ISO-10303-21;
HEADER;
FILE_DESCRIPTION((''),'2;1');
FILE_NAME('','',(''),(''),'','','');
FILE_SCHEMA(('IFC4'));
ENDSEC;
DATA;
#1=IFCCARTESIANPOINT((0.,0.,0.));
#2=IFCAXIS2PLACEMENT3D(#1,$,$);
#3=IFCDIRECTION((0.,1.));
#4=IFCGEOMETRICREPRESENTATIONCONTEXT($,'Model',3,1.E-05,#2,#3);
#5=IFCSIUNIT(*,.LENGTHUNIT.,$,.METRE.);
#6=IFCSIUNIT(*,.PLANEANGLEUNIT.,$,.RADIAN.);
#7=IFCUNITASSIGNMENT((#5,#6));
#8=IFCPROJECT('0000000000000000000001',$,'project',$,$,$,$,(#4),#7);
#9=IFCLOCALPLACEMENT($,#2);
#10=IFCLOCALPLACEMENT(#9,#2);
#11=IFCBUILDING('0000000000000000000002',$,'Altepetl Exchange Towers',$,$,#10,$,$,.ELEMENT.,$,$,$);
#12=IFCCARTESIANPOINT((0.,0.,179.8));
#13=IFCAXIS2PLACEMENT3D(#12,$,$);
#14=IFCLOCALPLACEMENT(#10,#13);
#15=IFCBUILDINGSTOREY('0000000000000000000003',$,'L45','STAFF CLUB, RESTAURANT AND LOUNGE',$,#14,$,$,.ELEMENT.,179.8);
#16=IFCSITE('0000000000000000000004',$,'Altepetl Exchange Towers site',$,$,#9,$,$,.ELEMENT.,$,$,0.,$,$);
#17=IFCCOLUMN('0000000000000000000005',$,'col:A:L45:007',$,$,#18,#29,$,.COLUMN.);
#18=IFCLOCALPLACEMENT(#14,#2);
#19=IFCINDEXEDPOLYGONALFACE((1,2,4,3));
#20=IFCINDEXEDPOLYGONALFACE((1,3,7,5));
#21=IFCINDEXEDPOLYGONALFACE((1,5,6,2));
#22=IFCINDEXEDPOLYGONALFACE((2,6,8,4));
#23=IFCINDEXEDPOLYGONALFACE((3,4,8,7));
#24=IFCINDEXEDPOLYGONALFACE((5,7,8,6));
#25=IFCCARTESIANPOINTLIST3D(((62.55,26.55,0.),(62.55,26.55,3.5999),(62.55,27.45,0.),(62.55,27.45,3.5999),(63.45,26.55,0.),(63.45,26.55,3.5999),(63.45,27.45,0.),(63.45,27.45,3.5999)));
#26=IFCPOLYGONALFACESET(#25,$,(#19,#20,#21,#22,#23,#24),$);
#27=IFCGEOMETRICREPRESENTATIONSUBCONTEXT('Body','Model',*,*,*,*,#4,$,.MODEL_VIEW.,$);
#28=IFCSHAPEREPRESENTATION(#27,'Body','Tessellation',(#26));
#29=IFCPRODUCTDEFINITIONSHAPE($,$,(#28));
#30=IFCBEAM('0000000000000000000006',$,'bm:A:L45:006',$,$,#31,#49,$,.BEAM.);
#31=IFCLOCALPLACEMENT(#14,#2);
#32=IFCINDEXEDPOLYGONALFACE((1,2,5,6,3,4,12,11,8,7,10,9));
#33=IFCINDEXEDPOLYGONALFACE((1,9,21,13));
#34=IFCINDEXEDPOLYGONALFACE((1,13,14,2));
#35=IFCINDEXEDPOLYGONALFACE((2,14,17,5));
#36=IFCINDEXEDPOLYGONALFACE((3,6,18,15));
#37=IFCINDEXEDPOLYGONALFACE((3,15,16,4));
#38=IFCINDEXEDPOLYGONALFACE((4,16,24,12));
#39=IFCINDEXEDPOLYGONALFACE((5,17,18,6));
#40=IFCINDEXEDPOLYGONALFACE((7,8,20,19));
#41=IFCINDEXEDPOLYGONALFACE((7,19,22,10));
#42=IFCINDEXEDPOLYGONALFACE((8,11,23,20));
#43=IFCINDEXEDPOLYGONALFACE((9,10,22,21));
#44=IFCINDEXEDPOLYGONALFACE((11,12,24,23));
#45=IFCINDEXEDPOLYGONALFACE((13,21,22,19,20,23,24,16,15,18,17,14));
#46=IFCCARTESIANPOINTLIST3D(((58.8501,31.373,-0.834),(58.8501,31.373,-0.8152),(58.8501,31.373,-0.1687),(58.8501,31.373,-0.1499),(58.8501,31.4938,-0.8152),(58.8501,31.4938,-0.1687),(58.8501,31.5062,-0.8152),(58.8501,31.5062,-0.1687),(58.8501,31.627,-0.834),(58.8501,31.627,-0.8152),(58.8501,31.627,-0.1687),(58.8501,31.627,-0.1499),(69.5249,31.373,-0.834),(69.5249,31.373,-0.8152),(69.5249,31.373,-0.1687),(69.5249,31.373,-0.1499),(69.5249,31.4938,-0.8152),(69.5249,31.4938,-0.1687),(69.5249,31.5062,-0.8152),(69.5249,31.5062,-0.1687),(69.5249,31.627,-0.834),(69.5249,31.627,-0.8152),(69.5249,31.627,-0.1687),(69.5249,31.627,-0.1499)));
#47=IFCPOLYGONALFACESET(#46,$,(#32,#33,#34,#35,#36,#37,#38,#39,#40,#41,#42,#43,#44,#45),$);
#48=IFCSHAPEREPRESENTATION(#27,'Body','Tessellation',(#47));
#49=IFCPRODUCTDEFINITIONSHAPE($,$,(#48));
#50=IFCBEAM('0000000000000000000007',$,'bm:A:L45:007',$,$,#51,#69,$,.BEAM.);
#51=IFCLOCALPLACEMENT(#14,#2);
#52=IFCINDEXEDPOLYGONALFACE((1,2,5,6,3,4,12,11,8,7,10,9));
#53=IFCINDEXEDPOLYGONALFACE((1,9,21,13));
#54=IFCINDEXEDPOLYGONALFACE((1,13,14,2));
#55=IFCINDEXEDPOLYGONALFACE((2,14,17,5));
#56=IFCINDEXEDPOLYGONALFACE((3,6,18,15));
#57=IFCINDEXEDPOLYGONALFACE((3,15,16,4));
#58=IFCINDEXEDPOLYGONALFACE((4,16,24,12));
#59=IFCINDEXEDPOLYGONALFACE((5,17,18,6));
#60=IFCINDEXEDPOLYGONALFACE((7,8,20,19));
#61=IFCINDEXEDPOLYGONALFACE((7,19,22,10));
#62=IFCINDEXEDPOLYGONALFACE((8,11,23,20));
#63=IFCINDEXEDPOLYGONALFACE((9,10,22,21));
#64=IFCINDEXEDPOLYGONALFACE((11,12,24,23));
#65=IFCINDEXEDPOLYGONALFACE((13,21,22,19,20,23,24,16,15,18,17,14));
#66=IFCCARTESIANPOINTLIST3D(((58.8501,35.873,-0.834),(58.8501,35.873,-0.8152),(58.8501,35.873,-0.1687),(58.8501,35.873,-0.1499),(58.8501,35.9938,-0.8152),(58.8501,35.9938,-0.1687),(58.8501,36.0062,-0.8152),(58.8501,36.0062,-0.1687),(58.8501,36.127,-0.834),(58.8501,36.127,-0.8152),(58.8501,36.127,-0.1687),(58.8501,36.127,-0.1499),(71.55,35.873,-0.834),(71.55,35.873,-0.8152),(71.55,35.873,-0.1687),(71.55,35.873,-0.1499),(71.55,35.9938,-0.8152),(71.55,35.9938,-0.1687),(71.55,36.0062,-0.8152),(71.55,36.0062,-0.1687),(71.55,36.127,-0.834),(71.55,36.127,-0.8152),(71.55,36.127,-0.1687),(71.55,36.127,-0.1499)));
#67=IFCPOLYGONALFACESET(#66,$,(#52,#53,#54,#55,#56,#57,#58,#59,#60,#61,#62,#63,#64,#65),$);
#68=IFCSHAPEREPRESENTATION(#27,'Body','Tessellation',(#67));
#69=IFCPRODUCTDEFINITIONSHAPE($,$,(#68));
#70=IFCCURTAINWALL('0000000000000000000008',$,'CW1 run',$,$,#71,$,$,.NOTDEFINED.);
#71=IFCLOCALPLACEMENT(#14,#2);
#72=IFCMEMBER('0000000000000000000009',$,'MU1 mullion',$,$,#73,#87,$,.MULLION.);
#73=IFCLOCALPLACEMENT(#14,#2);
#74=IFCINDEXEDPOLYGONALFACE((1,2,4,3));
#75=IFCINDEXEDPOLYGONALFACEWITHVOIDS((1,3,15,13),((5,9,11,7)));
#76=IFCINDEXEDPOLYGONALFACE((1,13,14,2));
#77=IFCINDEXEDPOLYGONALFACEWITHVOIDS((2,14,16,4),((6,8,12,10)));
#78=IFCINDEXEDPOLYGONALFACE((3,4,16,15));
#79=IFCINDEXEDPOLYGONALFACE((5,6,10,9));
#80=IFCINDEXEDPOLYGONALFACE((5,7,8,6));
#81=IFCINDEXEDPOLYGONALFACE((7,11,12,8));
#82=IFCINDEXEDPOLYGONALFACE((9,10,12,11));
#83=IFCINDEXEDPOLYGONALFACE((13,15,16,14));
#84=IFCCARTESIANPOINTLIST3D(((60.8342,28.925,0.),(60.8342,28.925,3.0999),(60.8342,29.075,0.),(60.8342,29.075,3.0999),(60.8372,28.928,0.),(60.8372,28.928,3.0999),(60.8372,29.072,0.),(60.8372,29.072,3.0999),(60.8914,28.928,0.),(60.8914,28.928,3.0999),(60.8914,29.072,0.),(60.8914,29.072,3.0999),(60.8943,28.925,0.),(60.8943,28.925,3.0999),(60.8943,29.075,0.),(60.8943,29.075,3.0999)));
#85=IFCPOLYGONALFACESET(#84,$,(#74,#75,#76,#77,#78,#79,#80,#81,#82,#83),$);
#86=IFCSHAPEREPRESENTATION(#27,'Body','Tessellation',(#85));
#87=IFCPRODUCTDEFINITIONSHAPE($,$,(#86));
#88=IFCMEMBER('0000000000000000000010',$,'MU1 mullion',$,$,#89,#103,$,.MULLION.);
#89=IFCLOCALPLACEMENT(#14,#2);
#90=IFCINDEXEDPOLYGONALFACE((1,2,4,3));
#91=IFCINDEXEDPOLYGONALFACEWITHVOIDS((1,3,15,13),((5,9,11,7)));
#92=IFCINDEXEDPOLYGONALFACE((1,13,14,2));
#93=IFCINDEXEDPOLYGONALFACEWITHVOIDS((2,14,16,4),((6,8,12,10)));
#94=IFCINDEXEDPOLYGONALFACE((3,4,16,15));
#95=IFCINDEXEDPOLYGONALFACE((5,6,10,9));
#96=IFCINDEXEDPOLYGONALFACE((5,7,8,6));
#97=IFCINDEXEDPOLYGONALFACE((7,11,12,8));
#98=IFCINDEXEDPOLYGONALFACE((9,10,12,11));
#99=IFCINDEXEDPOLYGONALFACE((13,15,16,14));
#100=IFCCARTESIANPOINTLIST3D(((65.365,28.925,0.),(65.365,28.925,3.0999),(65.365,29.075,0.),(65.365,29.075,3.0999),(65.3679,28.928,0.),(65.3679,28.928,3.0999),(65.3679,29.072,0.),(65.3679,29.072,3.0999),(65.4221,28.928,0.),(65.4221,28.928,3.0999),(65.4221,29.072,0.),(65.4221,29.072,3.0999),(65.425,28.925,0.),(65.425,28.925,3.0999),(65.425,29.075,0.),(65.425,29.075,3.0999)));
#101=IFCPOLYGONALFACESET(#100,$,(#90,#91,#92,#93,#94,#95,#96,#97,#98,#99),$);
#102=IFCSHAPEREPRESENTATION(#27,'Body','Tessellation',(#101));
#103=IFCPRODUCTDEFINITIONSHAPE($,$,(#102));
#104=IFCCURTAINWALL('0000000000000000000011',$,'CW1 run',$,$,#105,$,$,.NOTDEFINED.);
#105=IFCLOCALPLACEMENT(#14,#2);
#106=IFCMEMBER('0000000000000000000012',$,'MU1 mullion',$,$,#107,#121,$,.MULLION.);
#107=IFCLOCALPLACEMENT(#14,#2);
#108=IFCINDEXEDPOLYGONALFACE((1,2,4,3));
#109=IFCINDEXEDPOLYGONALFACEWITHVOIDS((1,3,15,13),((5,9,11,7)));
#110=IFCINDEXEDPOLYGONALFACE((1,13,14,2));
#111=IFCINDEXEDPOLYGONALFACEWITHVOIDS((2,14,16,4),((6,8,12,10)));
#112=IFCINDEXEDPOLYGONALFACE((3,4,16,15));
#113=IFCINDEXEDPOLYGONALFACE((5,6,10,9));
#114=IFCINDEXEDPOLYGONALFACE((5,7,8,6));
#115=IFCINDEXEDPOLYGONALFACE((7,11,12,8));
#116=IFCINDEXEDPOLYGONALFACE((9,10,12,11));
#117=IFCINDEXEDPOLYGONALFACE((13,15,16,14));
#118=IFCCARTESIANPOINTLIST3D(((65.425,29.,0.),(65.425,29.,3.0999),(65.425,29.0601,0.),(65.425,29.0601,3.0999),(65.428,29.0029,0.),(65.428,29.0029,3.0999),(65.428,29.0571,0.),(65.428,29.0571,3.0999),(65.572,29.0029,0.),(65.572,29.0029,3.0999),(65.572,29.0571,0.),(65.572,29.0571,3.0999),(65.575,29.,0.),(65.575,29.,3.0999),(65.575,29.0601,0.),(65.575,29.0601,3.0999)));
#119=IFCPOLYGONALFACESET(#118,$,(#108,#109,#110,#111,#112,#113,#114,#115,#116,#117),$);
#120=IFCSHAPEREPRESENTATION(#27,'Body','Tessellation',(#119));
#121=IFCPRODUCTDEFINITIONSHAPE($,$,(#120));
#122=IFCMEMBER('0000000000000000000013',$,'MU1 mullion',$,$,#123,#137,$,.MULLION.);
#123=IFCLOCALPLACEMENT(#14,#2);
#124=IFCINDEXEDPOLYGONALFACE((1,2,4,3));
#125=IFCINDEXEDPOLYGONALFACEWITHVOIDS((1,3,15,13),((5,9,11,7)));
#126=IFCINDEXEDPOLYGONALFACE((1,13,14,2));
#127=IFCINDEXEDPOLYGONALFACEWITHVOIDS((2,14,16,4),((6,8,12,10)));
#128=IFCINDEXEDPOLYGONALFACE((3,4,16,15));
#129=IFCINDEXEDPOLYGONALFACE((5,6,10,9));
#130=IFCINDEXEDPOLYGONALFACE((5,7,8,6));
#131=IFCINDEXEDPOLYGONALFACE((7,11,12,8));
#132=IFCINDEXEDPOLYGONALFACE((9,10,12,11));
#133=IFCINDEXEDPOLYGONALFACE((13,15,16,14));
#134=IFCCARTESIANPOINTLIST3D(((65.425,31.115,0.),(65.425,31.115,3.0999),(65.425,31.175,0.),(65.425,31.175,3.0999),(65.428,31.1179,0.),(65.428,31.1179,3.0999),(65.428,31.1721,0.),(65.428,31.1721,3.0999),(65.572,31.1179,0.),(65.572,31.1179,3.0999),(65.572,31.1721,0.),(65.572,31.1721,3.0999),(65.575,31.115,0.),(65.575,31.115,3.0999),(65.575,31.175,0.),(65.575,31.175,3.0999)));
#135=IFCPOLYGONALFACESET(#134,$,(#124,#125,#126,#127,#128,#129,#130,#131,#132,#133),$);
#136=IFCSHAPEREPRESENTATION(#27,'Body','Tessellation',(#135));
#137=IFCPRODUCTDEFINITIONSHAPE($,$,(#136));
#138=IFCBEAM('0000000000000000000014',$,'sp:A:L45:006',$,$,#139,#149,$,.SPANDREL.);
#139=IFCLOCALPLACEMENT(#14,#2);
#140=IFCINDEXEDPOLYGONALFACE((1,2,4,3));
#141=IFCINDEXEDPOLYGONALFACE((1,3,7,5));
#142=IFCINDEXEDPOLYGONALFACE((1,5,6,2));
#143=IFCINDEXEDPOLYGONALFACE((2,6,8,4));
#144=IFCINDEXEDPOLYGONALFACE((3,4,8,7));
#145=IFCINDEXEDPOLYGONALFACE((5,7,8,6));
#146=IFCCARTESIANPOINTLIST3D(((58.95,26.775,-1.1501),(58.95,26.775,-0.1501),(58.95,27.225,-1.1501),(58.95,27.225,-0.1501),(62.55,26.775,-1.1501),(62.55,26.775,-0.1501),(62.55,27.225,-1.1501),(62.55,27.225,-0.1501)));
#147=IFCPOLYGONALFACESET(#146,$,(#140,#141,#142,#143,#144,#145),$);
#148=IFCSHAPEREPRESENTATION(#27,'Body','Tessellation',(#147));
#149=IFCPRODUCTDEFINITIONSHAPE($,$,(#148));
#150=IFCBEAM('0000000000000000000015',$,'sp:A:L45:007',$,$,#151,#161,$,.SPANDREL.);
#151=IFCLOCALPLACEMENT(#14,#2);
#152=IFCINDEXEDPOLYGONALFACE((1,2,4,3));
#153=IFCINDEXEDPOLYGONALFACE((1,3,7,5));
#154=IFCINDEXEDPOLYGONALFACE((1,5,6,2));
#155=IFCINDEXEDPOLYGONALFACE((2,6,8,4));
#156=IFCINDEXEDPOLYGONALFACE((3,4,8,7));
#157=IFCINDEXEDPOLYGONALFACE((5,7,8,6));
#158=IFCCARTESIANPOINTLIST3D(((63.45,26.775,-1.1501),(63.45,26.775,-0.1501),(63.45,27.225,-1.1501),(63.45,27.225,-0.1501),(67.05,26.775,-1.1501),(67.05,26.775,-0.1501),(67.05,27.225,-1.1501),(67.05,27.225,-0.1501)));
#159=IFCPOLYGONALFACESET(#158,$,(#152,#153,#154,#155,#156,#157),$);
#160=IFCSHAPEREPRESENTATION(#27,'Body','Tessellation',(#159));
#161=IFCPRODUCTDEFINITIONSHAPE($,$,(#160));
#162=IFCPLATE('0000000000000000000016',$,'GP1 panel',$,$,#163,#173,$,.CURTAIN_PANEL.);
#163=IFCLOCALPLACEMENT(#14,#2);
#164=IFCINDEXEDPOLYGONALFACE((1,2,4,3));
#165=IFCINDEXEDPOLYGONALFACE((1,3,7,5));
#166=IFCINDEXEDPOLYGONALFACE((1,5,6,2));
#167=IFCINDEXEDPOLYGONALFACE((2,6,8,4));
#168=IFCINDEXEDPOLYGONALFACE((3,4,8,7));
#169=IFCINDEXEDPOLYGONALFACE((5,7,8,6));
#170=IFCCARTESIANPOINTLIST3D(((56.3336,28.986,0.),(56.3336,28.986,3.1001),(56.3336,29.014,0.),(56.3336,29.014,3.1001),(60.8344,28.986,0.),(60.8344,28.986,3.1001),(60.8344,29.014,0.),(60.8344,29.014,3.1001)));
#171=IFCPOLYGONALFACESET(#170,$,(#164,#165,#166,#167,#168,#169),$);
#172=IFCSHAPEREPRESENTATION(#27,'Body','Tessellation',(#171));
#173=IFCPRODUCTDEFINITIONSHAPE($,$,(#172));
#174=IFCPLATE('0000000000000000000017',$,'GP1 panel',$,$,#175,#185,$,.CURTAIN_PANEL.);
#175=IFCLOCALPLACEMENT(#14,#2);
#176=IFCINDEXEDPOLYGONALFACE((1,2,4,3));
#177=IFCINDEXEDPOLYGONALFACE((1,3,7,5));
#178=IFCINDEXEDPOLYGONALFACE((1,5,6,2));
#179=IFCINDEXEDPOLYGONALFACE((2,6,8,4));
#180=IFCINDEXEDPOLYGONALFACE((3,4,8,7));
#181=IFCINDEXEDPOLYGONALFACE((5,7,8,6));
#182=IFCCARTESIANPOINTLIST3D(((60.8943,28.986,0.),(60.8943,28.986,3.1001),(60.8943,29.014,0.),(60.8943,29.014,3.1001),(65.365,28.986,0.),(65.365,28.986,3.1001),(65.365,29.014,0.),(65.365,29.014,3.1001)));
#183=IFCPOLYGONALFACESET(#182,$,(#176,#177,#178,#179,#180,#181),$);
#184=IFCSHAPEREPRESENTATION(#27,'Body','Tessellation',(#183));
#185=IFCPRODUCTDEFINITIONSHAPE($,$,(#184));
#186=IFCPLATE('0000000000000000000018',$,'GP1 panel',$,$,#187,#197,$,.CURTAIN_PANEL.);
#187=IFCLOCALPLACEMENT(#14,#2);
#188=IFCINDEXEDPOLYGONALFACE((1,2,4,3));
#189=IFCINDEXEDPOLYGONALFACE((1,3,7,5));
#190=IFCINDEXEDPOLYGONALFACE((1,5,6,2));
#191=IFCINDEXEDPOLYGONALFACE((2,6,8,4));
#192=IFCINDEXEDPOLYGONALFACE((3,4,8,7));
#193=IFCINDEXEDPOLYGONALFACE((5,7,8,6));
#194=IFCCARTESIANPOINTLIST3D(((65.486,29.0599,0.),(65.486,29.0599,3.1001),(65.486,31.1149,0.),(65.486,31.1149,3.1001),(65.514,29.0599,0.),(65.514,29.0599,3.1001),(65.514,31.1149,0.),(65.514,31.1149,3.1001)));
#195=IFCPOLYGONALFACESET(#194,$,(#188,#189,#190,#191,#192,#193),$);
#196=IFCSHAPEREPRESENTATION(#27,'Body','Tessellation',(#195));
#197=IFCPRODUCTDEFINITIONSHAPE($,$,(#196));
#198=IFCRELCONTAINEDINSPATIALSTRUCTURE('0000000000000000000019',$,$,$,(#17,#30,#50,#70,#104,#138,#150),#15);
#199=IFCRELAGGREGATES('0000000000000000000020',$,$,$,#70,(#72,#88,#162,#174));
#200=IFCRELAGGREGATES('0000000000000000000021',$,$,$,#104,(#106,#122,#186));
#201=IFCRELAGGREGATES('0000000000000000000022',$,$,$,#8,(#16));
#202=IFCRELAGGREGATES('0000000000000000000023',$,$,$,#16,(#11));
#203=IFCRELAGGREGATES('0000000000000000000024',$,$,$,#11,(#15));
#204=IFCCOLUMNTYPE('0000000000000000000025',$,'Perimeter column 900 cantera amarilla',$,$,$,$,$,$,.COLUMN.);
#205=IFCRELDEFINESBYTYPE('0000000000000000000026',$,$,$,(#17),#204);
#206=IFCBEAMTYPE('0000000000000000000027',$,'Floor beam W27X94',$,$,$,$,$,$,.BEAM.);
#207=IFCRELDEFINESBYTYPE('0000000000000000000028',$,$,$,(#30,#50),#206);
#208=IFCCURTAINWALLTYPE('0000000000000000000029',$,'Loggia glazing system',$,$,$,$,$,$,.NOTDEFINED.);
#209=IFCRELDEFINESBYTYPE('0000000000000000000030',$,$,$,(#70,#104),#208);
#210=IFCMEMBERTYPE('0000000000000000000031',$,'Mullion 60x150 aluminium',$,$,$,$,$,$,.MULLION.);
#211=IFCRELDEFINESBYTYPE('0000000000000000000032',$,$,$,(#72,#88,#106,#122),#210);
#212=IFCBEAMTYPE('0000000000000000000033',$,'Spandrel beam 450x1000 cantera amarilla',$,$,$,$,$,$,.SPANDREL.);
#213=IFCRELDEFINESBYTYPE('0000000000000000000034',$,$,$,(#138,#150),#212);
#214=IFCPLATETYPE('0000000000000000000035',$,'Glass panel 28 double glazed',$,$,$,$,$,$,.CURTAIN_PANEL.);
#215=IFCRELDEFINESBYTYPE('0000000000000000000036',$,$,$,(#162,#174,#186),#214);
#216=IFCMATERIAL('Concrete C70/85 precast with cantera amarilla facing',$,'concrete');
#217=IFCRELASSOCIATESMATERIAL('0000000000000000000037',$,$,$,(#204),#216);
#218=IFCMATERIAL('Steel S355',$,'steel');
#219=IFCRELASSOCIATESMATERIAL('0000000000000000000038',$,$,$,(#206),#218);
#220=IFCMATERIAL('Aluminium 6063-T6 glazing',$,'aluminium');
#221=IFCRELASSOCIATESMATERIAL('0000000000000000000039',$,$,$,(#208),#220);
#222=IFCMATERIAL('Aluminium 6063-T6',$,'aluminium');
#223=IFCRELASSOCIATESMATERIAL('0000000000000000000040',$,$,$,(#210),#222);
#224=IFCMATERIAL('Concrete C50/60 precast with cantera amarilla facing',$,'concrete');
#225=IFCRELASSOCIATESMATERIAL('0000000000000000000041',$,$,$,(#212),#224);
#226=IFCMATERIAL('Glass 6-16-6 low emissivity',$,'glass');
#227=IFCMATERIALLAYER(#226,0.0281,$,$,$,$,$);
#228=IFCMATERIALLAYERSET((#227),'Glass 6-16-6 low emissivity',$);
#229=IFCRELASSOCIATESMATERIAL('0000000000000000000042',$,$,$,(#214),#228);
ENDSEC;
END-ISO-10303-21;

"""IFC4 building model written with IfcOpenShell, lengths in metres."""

from ifc_helpers import new_model, si_unit, direction, frame, origin, origin_2d, place, context, subcontext, project, spatial, rectangle, hollow_rectangle, i_section, extrude, material, layer, layer_set, material_profile, profile_set, type_object, element, aggregate, save


model = new_model("IFC4")

# Units and contexts
model_context = context("Model", 3, precision=1e-05, world=origin(), true_north=direction((0.0, 1.0)))
body_context = subcontext(model_context, "Body", "Model", "MODEL_VIEW")
ifc_project = project(units=[si_unit("LENGTHUNIT", "METRE"), si_unit("PLANEANGLEUNIT", "RADIAN")], contexts=[model_context])

# Site, building, storey
site_placement = place(None, origin())
site = spatial("IfcSite", under=ifc_project, at=site_placement, Name="Altepetl Exchange Towers site", CompositionType="ELEMENT", RefElevation=0.0)
building_placement = place(site_placement, origin())
building = spatial("IfcBuilding", under=site, at=building_placement, Name="Altepetl Exchange Towers", CompositionType="ELEMENT")
storey_placement = place(building_placement, frame((0.0, 0.0, 179.8)))
storey = spatial("IfcBuildingStorey", under=building, at=storey_placement, Name="L45", Description="STAFF CLUB, RESTAURANT AND LOUNGE", CompositionType="ELEMENT", Elevation=179.8)

# Column
ifc_material_1 = material(Name="Concrete C70/85 precast with cantera amarilla facing", Category="concrete")
ifc_material_profile_1 = material_profile(ifc_material_1, rectangle(XDim=0.8999, YDim=0.8999, at=origin_2d()), Name="900 x 900")
ifc_profile_set_1 = profile_set([ifc_material_profile_1], Name="Concrete C70/85 precast with cantera amarilla facing")
column_type = type_object("IfcColumnType", Name="Perimeter column 900 cantera amarilla", PredefinedType="COLUMN", material=ifc_profile_set_1)
column_placement = place(storey_placement, frame((63.0, 27.0, 0.0)))
element("IfcColumn", 1, at=column_placement, inside=storey, type_object=column_type, Name="col:A:L45:007", PredefinedType="COLUMN", context=body_context, shape_type="SweptSolid", body=[
    extrude(rectangle(XDim=0.8999, YDim=0.8999, at=origin_2d()), origin(), (0.0, 0.0, 1.0), 3.5999),
])

# Beams
ifc_material_2 = material(Name="Steel S355", Category="steel")
ifc_material_profile_2 = material_profile(ifc_material_2, i_section(OverallWidth=0.2539, OverallDepth=0.6841, WebThickness=0.0125, FlangeThickness=0.0188, at=origin_2d()), Name="W27X94")
ifc_profile_set_2 = profile_set([ifc_material_profile_2], Name="Steel S355")
beam_type_1 = type_object("IfcBeamType", Name="Floor beam W27X94", PredefinedType="BEAM", material=ifc_profile_set_2)
beam_1_placement = place(storey_placement, frame((58.8501, 31.5, -0.4919), z_axis=(1.0, 0.0, 0.0), x_axis=(0.0, 1.0, 0.0)))
element("IfcBeam", 2, at=beam_1_placement, inside=storey, type_object=beam_type_1, Name="bm:A:L45:006", PredefinedType="BEAM", context=body_context, shape_type="SweptSolid", body=[
    extrude(i_section(OverallWidth=0.2539, OverallDepth=0.6841, WebThickness=0.0125, FlangeThickness=0.0188, at=origin_2d()), origin(), (0.0, 0.0, 1.0), 10.6748),
])
beam_2_placement = place(storey_placement, frame((58.8501, 36.0, -0.4919), z_axis=(1.0, 0.0, 0.0), x_axis=(0.0, 1.0, 0.0)))
element("IfcBeam", 3, at=beam_2_placement, inside=storey, type_object=beam_type_1, Name="bm:A:L45:007", PredefinedType="BEAM", context=body_context, shape_type="SweptSolid", body=[
    extrude(i_section(OverallWidth=0.2539, OverallDepth=0.6841, WebThickness=0.0125, FlangeThickness=0.0188, at=origin_2d()), origin(), (0.0, 0.0, 1.0), 12.7),
])

# Curtain walls, members
ifc_material_3 = material(Name="Aluminium 6063-T6 glazing", Category="aluminium")
curtain_wall_type = type_object("IfcCurtainWallType", Name="Loggia glazing system", PredefinedType="NOTDEFINED", material=ifc_material_3)
curtain_wall_1_placement = place(storey_placement, origin())
curtain_wall_1 = element("IfcCurtainWall", 4, at=curtain_wall_1_placement, inside=storey, type_object=curtain_wall_type, Name="CW1 run", PredefinedType="NOTDEFINED")
ifc_material_4 = material(Name="Aluminium 6063-T6", Category="aluminium")
ifc_material_profile_3 = material_profile(ifc_material_4, hollow_rectangle(XDim=0.0601, YDim=0.1499, WallThickness=0.0029, at=origin_2d()), Name="Mullion 60x150 aluminium")
ifc_profile_set_3 = profile_set([ifc_material_profile_3], Name="Aluminium 6063-T6")
member_type = type_object("IfcMemberType", Name="Mullion 60x150 aluminium", PredefinedType="MULLION", material=ifc_profile_set_3)
member_1_placement = place(storey_placement, frame((60.8643, 29.0, 0.0)))
member_1 = element("IfcMember", 5, at=member_1_placement, type_object=member_type, Name="MU1 mullion", PredefinedType="MULLION", context=body_context, shape_type="SweptSolid", body=[
    extrude(hollow_rectangle(XDim=0.0601, YDim=0.1499, WallThickness=0.0029, at=origin_2d()), origin(), (0.0, 0.0, 1.0), 3.0999),
])
member_2_placement = place(storey_placement, frame((65.395, 29.0, 0.0)))
member_2 = element("IfcMember", 6, at=member_2_placement, type_object=member_type, Name="MU1 mullion", PredefinedType="MULLION", context=body_context, shape_type="SweptSolid", body=[
    extrude(hollow_rectangle(XDim=0.0601, YDim=0.1499, WallThickness=0.0029, at=origin_2d()), origin(), (0.0, 0.0, 1.0), 3.0999),
])
curtain_wall_2_placement = place(storey_placement, origin())
curtain_wall_2 = element("IfcCurtainWall", 7, at=curtain_wall_2_placement, inside=storey, type_object=curtain_wall_type, Name="CW1 run", PredefinedType="NOTDEFINED")
member_3_placement = place(storey_placement, frame((65.5, 29.03, 0.0), z_axis=(0.0, 0.0, 1.0), x_axis=(0.0, 1.0, 0.0)))
member_3 = element("IfcMember", 8, at=member_3_placement, type_object=member_type, Name="MU1 mullion", PredefinedType="MULLION", context=body_context, shape_type="SweptSolid", body=[
    extrude(hollow_rectangle(XDim=0.0601, YDim=0.1499, WallThickness=0.0029, at=origin_2d()), origin(), (0.0, 0.0, 1.0), 3.0999),
])
member_4_placement = place(storey_placement, frame((65.5, 31.145, 0.0), z_axis=(0.0, 0.0, 1.0), x_axis=(0.0, 1.0, 0.0)))
member_4 = element("IfcMember", 9, at=member_4_placement, type_object=member_type, Name="MU1 mullion", PredefinedType="MULLION", context=body_context, shape_type="SweptSolid", body=[
    extrude(hollow_rectangle(XDim=0.0601, YDim=0.1499, WallThickness=0.0029, at=origin_2d()), origin(), (0.0, 0.0, 1.0), 3.0999),
])

# Beams
ifc_material_5 = material(Name="Concrete C50/60 precast with cantera amarilla facing", Category="concrete")
ifc_material_profile_4 = material_profile(ifc_material_5, rectangle(XDim=0.45, YDim=1.0, at=origin_2d()), Name="450 x 1000")
ifc_profile_set_4 = profile_set([ifc_material_profile_4], Name="Concrete C50/60 precast with cantera amarilla facing")
beam_type_2 = type_object("IfcBeamType", Name="Spandrel beam 450x1000 cantera amarilla", PredefinedType="SPANDREL", material=ifc_profile_set_4)
for number, where, z_axis, x_axis, name in (
    (10, (58.95, 27.0, -0.6501), (1.0, 0.0, 0.0), (0.0, 1.0, 0.0), "sp:A:L45:006"),
    (11, (63.45, 27.0, -0.6501), (1.0, 0.0, 0.0), (0.0, 1.0, 0.0), "sp:A:L45:007"),
):
    element("IfcBeam", number, at=place(storey_placement, frame(where, z_axis=z_axis, x_axis=x_axis)), inside=storey, type_object=beam_type_2, Name=name, PredefinedType="SPANDREL", context=body_context, shape_type="SweptSolid", body=[
        extrude(rectangle(XDim=0.45, YDim=1.0, at=origin_2d()), origin(), (0.0, 0.0, 1.0), 3.6001),
    ])

# Plates
ifc_material_6 = material(Name="Glass 6-16-6 low emissivity", Category="glass")
ifc_layer_1 = layer(ifc_material_6, 0.0281)
ifc_layer_set_1 = layer_set([ifc_layer_1], Name="Glass 6-16-6 low emissivity")
plate_type = type_object("IfcPlateType", Name="Glass panel 28 double glazed", PredefinedType="CURTAIN_PANEL", material=ifc_layer_set_1)
plate_1_placement = place(storey_placement, frame((58.584, 29.0, 0.0)))
plate_1 = element("IfcPlate", 12, at=plate_1_placement, type_object=plate_type, Name="GP1 panel", PredefinedType="CURTAIN_PANEL", context=body_context, shape_type="SweptSolid", body=[
    extrude(rectangle(XDim=4.5007, YDim=0.0281, at=origin_2d()), origin(), (0.0, 0.0, 1.0), 3.1001),
])
plate_2_placement = place(storey_placement, frame((63.1296, 29.0, 0.0)))
plate_2 = element("IfcPlate", 13, at=plate_2_placement, type_object=plate_type, Name="GP1 panel", PredefinedType="CURTAIN_PANEL", context=body_context, shape_type="SweptSolid", body=[
    extrude(rectangle(XDim=4.4707, YDim=0.0281, at=origin_2d()), origin(), (0.0, 0.0, 1.0), 3.1001),
])
aggregate(curtain_wall_1, [member_1, member_2, plate_1, plate_2])
plate_3_placement = place(storey_placement, frame((65.5, 30.0874, 0.0), z_axis=(0.0, 0.0, 1.0), x_axis=(0.0, 1.0, 0.0)))
plate_3 = element("IfcPlate", 14, at=plate_3_placement, type_object=plate_type, Name="GP1 panel", PredefinedType="CURTAIN_PANEL", context=body_context, shape_type="SweptSolid", body=[
    extrude(rectangle(XDim=2.0549, YDim=0.0281, at=origin_2d()), origin(), (0.0, 0.0, 1.0), 3.1001),
])
aggregate(curtain_wall_2, [member_3, member_4, plate_3])

save(model, "model.ifc")
